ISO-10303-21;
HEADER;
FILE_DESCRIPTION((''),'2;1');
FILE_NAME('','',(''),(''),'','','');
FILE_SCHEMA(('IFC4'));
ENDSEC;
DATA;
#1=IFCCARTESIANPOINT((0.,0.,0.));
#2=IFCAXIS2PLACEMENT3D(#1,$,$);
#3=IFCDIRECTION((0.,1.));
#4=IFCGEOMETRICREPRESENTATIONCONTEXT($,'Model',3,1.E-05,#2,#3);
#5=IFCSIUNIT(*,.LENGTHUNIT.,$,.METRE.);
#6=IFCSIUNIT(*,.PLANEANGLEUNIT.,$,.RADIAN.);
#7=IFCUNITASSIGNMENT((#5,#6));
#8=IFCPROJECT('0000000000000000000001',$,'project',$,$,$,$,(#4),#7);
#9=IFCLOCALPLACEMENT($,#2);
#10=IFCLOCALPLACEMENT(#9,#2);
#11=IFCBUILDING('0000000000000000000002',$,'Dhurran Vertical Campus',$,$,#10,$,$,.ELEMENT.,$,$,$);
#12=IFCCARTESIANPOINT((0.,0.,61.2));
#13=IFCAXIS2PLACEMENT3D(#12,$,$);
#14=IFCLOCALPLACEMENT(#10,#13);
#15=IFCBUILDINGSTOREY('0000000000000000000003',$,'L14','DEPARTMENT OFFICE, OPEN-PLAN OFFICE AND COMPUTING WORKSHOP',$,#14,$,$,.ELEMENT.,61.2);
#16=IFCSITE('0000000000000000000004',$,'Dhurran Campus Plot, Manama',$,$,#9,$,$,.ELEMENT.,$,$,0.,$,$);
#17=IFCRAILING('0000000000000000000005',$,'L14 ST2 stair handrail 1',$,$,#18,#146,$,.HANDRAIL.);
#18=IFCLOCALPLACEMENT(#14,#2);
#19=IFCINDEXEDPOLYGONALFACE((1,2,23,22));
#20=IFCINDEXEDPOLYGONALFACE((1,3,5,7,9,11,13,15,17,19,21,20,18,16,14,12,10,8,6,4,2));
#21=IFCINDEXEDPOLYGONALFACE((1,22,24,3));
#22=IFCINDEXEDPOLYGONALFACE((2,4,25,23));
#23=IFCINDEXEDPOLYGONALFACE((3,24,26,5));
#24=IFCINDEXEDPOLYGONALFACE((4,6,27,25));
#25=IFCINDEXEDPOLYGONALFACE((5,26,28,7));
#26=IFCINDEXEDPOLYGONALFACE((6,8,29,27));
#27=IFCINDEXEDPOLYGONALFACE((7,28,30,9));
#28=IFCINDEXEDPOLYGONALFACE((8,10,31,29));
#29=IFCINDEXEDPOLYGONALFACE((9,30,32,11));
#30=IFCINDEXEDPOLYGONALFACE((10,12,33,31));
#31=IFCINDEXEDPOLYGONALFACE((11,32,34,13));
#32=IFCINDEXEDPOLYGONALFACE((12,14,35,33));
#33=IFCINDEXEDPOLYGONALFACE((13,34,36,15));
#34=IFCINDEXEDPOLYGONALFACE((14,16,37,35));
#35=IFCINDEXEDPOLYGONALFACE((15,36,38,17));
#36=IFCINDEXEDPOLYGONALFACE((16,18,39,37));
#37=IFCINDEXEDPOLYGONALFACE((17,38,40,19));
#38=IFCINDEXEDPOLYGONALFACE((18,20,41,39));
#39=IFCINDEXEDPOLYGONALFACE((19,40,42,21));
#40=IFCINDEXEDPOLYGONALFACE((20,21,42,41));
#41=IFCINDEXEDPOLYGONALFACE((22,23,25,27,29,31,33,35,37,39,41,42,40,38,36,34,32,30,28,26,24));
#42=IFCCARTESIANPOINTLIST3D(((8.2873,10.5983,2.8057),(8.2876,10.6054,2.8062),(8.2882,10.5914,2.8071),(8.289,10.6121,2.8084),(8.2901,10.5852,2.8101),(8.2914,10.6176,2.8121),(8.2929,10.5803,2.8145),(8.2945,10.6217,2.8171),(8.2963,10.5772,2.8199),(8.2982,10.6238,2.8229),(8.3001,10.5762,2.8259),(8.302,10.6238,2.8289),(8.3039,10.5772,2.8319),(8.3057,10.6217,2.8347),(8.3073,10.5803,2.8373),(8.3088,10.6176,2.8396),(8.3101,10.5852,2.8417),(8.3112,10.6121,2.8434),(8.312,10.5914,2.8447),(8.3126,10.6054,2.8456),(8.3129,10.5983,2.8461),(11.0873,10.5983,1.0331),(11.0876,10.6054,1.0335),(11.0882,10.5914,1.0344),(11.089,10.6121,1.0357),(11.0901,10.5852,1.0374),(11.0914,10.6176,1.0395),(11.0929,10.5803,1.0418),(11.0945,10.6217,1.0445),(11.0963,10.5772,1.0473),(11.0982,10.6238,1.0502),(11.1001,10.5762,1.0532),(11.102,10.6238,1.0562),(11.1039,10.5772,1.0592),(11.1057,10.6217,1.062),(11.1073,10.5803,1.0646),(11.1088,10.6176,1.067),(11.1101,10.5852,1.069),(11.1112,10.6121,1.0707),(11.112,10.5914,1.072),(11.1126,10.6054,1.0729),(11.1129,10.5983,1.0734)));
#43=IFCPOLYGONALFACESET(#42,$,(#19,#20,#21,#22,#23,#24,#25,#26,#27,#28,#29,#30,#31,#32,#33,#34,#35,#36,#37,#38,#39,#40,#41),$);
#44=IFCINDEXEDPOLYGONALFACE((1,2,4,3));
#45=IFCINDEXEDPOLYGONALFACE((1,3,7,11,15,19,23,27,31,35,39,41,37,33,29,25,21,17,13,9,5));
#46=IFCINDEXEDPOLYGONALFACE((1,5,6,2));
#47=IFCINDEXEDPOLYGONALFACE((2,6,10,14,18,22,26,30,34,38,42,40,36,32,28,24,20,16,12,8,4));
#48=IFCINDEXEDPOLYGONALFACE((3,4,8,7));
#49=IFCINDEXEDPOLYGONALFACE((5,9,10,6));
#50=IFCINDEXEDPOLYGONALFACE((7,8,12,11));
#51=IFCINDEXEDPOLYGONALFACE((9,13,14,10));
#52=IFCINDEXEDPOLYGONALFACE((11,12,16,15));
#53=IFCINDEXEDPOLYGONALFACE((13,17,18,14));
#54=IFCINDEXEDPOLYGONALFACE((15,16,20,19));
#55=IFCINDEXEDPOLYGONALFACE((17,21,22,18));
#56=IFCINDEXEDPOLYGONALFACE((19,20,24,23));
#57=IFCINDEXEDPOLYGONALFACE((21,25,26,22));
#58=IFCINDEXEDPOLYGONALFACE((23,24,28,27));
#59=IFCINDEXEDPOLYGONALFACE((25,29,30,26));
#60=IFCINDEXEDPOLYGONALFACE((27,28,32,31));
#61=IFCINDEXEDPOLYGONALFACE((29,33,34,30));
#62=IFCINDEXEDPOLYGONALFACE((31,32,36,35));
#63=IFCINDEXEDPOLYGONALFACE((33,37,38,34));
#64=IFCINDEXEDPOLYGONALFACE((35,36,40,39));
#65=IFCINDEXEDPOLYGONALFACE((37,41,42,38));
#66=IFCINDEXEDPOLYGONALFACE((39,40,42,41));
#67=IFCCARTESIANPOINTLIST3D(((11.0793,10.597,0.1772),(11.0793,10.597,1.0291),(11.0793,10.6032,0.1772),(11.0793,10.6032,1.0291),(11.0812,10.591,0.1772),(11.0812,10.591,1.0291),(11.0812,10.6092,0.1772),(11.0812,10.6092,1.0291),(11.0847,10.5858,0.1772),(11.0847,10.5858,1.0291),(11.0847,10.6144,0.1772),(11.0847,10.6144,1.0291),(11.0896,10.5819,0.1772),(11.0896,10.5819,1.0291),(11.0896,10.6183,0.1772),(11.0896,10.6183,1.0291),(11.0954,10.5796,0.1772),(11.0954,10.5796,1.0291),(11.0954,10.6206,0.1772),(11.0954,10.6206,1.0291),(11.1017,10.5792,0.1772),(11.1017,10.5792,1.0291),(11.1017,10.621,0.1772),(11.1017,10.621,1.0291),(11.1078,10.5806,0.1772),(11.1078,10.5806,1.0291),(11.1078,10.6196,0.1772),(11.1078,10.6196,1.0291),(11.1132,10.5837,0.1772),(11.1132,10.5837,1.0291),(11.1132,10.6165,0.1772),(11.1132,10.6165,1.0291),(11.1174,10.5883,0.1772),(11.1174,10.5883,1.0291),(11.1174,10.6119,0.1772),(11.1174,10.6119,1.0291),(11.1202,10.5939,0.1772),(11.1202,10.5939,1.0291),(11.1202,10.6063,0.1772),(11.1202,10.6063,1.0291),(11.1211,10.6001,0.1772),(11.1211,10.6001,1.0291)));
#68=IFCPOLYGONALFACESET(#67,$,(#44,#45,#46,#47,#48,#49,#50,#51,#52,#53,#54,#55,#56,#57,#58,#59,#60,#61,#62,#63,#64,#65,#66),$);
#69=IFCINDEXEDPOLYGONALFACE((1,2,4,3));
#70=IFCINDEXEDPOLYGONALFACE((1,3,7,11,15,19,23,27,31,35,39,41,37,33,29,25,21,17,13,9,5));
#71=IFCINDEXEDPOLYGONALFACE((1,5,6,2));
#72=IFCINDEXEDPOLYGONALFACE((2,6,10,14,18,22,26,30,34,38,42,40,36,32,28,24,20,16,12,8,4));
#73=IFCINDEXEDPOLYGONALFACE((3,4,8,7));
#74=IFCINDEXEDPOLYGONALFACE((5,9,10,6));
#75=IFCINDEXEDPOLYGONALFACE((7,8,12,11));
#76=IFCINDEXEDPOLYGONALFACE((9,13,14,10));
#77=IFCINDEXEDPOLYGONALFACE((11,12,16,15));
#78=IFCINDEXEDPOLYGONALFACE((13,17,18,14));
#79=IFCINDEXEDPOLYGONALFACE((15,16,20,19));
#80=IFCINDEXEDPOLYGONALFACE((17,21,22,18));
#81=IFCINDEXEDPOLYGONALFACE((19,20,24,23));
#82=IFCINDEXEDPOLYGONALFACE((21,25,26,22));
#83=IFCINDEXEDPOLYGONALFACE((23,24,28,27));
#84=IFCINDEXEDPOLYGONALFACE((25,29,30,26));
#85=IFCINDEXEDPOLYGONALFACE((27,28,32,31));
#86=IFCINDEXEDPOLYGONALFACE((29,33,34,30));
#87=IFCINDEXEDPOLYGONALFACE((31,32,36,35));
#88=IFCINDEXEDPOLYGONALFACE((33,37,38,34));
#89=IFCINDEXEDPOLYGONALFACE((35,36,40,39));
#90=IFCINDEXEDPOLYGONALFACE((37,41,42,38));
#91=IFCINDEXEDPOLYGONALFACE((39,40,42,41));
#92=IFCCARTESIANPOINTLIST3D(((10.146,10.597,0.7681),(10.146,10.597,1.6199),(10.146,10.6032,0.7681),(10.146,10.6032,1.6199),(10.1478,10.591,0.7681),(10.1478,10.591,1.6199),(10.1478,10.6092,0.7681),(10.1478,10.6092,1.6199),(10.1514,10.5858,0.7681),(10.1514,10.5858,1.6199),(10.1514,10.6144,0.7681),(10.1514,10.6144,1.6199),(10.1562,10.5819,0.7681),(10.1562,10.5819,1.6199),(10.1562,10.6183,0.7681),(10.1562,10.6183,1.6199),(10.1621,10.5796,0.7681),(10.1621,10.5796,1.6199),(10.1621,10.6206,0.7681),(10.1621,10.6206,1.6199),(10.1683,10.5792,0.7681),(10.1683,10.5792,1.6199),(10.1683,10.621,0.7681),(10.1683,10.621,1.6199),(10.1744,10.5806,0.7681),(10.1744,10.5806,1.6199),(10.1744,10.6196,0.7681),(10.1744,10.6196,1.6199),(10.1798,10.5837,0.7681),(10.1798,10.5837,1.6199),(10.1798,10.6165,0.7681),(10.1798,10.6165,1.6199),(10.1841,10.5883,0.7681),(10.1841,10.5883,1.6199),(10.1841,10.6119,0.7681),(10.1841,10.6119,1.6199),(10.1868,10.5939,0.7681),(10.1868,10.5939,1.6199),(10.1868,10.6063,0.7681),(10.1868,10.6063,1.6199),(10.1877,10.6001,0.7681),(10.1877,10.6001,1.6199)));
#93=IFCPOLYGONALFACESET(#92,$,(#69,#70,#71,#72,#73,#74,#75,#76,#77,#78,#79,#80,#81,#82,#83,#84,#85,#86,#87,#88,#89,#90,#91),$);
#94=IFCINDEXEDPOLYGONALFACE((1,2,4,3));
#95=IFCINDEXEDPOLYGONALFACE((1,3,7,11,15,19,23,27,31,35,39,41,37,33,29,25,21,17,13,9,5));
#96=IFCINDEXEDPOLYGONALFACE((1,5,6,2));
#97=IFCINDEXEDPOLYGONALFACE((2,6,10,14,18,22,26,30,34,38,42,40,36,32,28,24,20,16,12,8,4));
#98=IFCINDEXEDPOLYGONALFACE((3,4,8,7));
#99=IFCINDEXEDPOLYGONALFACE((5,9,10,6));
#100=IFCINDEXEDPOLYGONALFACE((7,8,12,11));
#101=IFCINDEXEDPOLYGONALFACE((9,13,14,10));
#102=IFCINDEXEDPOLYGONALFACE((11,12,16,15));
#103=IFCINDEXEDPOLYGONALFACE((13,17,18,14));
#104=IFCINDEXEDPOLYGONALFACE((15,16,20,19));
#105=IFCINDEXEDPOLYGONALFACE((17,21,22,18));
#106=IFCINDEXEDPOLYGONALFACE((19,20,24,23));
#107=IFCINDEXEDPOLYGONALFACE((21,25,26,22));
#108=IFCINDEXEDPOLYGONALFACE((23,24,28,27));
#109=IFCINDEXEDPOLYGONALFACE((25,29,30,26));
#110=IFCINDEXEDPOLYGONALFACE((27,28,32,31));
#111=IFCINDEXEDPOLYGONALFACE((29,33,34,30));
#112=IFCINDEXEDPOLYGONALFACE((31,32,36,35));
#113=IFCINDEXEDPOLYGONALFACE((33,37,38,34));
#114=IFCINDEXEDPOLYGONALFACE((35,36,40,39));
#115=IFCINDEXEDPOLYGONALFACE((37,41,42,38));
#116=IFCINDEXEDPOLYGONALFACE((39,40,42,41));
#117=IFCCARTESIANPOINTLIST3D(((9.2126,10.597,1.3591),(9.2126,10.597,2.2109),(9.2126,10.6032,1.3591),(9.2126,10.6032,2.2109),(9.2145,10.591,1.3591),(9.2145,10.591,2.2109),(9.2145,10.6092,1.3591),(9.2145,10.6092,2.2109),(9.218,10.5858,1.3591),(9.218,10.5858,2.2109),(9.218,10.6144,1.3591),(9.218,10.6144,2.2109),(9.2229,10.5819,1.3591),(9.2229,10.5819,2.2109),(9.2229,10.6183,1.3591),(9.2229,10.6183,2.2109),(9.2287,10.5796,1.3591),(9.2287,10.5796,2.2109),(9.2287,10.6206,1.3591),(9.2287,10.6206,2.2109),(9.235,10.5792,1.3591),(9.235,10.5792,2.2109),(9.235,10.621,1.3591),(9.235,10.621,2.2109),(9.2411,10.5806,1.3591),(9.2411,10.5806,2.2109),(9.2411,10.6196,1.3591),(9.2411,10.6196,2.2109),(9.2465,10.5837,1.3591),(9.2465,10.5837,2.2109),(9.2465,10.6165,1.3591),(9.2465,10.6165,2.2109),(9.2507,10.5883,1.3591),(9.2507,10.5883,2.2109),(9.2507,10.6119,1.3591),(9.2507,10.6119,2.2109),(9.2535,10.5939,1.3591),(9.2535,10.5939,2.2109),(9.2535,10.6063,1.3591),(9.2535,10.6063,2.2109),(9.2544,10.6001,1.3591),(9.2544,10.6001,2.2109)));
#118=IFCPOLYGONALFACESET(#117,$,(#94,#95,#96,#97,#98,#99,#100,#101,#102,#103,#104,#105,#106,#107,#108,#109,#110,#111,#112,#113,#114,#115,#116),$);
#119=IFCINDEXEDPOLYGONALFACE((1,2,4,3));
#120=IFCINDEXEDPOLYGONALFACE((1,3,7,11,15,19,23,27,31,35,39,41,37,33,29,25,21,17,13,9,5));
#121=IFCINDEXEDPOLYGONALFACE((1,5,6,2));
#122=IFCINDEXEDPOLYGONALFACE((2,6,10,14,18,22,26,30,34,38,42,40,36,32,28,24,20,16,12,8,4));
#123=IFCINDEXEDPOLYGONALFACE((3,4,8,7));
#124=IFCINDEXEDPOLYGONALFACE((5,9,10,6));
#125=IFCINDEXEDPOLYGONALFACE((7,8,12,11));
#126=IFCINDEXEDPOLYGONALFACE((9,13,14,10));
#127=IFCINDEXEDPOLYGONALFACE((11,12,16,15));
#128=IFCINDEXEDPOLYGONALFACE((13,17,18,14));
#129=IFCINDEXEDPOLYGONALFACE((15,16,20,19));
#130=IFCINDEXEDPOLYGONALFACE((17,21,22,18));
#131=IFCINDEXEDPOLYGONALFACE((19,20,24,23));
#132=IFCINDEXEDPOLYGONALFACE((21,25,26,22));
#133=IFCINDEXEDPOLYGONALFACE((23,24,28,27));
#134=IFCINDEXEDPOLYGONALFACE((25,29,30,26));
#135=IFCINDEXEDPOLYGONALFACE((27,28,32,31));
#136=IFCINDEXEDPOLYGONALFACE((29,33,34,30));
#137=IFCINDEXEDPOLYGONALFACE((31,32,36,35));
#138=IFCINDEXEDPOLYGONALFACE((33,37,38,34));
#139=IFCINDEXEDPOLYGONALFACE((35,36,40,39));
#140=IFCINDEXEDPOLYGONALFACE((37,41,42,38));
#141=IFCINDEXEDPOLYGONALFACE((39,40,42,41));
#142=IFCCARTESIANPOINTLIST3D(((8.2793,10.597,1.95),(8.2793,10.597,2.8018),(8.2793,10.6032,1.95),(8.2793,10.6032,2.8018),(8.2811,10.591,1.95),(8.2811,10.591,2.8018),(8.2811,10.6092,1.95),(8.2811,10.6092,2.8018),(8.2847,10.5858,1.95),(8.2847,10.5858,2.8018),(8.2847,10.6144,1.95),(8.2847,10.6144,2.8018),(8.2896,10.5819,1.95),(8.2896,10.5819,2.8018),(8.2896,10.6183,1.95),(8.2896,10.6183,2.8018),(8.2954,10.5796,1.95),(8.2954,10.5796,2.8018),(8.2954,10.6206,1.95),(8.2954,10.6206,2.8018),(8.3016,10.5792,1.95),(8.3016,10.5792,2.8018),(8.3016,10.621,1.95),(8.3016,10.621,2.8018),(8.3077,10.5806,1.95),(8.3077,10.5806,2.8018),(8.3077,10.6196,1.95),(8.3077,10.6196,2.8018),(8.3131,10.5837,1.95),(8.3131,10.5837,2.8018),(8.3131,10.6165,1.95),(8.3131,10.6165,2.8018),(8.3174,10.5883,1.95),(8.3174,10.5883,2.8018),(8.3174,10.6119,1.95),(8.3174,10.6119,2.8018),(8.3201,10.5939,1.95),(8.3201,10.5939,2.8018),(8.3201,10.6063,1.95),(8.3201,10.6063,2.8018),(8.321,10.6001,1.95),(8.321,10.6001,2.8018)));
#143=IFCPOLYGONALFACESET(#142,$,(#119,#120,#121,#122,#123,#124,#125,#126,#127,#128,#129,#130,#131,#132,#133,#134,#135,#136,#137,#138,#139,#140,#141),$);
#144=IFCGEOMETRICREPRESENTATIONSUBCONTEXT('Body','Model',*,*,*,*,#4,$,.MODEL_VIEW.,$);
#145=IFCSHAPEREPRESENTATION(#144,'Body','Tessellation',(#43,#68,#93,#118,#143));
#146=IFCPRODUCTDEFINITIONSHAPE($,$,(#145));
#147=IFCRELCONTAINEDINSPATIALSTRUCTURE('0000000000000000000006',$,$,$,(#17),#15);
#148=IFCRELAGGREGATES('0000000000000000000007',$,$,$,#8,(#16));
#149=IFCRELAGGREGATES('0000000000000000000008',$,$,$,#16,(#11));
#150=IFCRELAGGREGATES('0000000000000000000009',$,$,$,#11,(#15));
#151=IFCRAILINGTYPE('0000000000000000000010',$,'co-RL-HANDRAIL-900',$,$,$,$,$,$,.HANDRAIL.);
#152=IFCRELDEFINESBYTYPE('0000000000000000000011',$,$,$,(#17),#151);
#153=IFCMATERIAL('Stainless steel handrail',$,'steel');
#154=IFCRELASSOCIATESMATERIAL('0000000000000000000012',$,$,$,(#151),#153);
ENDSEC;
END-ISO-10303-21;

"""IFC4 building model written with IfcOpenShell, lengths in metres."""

from ifc_helpers import new_model, si_unit, direction, frame, origin, origin_2d, place, context, subcontext, project, spatial, circle, extrude, material, type_object, element, save


model = new_model("IFC4")

# Units and contexts
model_context = context("Model", 3, precision=1e-05, world=origin(), true_north=direction((0.0, 1.0)))
body_context = subcontext(model_context, "Body", "Model", "MODEL_VIEW")
ifc_project = project(units=[si_unit("LENGTHUNIT", "METRE"), si_unit("PLANEANGLEUNIT", "RADIAN")], contexts=[model_context])

# Site, building, storey
site_placement = place(None, origin())
site = spatial("IfcSite", under=ifc_project, at=site_placement, Name="Dhurran Campus Plot, Manama", CompositionType="ELEMENT", RefElevation=0.0)
building_placement = place(site_placement, origin())
building = spatial("IfcBuilding", under=site, at=building_placement, Name="Dhurran Vertical Campus", CompositionType="ELEMENT")
storey_placement = place(building_placement, frame((0.0, 0.0, 61.2)))
storey = spatial("IfcBuildingStorey", under=building, at=storey_placement, Name="L14", Description="DEPARTMENT OFFICE, OPEN-PLAN OFFICE AND COMPUTING WORKSHOP", CompositionType="ELEMENT", Elevation=61.2)

# Railing
ifc_material_1 = material(Name="Stainless steel handrail", Category="steel")
railing_type_1 = type_object("IfcRailingType", Name="co-RL-HANDRAIL-900", PredefinedType="HANDRAIL", material=ifc_material_1)
railing_1_placement = place(storey_placement, frame((11.1001, 10.6001, 0.1772)))
element("IfcRailing", 1, at=railing_1_placement, inside=storey, type_object=railing_type_1, Name="L14 ST2 stair handrail 1", PredefinedType="HANDRAIL", context=body_context, shape_type="SweptSolid", body=[
    extrude(circle(Radius=0.0239, at=origin_2d()), frame((0.0, 0.0, 0.876), z_axis=(-0.844909, 0.0, 0.53491), x_axis=(0.0, -1.0, 0.0)), (0.0, 0.0, 1.0), 3.314),
    extrude(circle(Radius=0.021, at=origin_2d()), origin(), (0.0, 0.0, 1.0), 0.8518),
    extrude(circle(Radius=0.021, at=origin_2d()), frame((-0.9333, 0.0, 0.5908)), (0.0, 0.0, 1.0), 0.8518),
    extrude(circle(Radius=0.021, at=origin_2d()), frame((-1.8667, 0.0, 1.1819)), (0.0, 0.0, 1.0), 0.8518),
    extrude(circle(Radius=0.021, at=origin_2d()), frame((-2.8, 0.0, 1.7727)), (0.0, 0.0, 1.0), 0.8518),
])

save(model, "model.ifc")
